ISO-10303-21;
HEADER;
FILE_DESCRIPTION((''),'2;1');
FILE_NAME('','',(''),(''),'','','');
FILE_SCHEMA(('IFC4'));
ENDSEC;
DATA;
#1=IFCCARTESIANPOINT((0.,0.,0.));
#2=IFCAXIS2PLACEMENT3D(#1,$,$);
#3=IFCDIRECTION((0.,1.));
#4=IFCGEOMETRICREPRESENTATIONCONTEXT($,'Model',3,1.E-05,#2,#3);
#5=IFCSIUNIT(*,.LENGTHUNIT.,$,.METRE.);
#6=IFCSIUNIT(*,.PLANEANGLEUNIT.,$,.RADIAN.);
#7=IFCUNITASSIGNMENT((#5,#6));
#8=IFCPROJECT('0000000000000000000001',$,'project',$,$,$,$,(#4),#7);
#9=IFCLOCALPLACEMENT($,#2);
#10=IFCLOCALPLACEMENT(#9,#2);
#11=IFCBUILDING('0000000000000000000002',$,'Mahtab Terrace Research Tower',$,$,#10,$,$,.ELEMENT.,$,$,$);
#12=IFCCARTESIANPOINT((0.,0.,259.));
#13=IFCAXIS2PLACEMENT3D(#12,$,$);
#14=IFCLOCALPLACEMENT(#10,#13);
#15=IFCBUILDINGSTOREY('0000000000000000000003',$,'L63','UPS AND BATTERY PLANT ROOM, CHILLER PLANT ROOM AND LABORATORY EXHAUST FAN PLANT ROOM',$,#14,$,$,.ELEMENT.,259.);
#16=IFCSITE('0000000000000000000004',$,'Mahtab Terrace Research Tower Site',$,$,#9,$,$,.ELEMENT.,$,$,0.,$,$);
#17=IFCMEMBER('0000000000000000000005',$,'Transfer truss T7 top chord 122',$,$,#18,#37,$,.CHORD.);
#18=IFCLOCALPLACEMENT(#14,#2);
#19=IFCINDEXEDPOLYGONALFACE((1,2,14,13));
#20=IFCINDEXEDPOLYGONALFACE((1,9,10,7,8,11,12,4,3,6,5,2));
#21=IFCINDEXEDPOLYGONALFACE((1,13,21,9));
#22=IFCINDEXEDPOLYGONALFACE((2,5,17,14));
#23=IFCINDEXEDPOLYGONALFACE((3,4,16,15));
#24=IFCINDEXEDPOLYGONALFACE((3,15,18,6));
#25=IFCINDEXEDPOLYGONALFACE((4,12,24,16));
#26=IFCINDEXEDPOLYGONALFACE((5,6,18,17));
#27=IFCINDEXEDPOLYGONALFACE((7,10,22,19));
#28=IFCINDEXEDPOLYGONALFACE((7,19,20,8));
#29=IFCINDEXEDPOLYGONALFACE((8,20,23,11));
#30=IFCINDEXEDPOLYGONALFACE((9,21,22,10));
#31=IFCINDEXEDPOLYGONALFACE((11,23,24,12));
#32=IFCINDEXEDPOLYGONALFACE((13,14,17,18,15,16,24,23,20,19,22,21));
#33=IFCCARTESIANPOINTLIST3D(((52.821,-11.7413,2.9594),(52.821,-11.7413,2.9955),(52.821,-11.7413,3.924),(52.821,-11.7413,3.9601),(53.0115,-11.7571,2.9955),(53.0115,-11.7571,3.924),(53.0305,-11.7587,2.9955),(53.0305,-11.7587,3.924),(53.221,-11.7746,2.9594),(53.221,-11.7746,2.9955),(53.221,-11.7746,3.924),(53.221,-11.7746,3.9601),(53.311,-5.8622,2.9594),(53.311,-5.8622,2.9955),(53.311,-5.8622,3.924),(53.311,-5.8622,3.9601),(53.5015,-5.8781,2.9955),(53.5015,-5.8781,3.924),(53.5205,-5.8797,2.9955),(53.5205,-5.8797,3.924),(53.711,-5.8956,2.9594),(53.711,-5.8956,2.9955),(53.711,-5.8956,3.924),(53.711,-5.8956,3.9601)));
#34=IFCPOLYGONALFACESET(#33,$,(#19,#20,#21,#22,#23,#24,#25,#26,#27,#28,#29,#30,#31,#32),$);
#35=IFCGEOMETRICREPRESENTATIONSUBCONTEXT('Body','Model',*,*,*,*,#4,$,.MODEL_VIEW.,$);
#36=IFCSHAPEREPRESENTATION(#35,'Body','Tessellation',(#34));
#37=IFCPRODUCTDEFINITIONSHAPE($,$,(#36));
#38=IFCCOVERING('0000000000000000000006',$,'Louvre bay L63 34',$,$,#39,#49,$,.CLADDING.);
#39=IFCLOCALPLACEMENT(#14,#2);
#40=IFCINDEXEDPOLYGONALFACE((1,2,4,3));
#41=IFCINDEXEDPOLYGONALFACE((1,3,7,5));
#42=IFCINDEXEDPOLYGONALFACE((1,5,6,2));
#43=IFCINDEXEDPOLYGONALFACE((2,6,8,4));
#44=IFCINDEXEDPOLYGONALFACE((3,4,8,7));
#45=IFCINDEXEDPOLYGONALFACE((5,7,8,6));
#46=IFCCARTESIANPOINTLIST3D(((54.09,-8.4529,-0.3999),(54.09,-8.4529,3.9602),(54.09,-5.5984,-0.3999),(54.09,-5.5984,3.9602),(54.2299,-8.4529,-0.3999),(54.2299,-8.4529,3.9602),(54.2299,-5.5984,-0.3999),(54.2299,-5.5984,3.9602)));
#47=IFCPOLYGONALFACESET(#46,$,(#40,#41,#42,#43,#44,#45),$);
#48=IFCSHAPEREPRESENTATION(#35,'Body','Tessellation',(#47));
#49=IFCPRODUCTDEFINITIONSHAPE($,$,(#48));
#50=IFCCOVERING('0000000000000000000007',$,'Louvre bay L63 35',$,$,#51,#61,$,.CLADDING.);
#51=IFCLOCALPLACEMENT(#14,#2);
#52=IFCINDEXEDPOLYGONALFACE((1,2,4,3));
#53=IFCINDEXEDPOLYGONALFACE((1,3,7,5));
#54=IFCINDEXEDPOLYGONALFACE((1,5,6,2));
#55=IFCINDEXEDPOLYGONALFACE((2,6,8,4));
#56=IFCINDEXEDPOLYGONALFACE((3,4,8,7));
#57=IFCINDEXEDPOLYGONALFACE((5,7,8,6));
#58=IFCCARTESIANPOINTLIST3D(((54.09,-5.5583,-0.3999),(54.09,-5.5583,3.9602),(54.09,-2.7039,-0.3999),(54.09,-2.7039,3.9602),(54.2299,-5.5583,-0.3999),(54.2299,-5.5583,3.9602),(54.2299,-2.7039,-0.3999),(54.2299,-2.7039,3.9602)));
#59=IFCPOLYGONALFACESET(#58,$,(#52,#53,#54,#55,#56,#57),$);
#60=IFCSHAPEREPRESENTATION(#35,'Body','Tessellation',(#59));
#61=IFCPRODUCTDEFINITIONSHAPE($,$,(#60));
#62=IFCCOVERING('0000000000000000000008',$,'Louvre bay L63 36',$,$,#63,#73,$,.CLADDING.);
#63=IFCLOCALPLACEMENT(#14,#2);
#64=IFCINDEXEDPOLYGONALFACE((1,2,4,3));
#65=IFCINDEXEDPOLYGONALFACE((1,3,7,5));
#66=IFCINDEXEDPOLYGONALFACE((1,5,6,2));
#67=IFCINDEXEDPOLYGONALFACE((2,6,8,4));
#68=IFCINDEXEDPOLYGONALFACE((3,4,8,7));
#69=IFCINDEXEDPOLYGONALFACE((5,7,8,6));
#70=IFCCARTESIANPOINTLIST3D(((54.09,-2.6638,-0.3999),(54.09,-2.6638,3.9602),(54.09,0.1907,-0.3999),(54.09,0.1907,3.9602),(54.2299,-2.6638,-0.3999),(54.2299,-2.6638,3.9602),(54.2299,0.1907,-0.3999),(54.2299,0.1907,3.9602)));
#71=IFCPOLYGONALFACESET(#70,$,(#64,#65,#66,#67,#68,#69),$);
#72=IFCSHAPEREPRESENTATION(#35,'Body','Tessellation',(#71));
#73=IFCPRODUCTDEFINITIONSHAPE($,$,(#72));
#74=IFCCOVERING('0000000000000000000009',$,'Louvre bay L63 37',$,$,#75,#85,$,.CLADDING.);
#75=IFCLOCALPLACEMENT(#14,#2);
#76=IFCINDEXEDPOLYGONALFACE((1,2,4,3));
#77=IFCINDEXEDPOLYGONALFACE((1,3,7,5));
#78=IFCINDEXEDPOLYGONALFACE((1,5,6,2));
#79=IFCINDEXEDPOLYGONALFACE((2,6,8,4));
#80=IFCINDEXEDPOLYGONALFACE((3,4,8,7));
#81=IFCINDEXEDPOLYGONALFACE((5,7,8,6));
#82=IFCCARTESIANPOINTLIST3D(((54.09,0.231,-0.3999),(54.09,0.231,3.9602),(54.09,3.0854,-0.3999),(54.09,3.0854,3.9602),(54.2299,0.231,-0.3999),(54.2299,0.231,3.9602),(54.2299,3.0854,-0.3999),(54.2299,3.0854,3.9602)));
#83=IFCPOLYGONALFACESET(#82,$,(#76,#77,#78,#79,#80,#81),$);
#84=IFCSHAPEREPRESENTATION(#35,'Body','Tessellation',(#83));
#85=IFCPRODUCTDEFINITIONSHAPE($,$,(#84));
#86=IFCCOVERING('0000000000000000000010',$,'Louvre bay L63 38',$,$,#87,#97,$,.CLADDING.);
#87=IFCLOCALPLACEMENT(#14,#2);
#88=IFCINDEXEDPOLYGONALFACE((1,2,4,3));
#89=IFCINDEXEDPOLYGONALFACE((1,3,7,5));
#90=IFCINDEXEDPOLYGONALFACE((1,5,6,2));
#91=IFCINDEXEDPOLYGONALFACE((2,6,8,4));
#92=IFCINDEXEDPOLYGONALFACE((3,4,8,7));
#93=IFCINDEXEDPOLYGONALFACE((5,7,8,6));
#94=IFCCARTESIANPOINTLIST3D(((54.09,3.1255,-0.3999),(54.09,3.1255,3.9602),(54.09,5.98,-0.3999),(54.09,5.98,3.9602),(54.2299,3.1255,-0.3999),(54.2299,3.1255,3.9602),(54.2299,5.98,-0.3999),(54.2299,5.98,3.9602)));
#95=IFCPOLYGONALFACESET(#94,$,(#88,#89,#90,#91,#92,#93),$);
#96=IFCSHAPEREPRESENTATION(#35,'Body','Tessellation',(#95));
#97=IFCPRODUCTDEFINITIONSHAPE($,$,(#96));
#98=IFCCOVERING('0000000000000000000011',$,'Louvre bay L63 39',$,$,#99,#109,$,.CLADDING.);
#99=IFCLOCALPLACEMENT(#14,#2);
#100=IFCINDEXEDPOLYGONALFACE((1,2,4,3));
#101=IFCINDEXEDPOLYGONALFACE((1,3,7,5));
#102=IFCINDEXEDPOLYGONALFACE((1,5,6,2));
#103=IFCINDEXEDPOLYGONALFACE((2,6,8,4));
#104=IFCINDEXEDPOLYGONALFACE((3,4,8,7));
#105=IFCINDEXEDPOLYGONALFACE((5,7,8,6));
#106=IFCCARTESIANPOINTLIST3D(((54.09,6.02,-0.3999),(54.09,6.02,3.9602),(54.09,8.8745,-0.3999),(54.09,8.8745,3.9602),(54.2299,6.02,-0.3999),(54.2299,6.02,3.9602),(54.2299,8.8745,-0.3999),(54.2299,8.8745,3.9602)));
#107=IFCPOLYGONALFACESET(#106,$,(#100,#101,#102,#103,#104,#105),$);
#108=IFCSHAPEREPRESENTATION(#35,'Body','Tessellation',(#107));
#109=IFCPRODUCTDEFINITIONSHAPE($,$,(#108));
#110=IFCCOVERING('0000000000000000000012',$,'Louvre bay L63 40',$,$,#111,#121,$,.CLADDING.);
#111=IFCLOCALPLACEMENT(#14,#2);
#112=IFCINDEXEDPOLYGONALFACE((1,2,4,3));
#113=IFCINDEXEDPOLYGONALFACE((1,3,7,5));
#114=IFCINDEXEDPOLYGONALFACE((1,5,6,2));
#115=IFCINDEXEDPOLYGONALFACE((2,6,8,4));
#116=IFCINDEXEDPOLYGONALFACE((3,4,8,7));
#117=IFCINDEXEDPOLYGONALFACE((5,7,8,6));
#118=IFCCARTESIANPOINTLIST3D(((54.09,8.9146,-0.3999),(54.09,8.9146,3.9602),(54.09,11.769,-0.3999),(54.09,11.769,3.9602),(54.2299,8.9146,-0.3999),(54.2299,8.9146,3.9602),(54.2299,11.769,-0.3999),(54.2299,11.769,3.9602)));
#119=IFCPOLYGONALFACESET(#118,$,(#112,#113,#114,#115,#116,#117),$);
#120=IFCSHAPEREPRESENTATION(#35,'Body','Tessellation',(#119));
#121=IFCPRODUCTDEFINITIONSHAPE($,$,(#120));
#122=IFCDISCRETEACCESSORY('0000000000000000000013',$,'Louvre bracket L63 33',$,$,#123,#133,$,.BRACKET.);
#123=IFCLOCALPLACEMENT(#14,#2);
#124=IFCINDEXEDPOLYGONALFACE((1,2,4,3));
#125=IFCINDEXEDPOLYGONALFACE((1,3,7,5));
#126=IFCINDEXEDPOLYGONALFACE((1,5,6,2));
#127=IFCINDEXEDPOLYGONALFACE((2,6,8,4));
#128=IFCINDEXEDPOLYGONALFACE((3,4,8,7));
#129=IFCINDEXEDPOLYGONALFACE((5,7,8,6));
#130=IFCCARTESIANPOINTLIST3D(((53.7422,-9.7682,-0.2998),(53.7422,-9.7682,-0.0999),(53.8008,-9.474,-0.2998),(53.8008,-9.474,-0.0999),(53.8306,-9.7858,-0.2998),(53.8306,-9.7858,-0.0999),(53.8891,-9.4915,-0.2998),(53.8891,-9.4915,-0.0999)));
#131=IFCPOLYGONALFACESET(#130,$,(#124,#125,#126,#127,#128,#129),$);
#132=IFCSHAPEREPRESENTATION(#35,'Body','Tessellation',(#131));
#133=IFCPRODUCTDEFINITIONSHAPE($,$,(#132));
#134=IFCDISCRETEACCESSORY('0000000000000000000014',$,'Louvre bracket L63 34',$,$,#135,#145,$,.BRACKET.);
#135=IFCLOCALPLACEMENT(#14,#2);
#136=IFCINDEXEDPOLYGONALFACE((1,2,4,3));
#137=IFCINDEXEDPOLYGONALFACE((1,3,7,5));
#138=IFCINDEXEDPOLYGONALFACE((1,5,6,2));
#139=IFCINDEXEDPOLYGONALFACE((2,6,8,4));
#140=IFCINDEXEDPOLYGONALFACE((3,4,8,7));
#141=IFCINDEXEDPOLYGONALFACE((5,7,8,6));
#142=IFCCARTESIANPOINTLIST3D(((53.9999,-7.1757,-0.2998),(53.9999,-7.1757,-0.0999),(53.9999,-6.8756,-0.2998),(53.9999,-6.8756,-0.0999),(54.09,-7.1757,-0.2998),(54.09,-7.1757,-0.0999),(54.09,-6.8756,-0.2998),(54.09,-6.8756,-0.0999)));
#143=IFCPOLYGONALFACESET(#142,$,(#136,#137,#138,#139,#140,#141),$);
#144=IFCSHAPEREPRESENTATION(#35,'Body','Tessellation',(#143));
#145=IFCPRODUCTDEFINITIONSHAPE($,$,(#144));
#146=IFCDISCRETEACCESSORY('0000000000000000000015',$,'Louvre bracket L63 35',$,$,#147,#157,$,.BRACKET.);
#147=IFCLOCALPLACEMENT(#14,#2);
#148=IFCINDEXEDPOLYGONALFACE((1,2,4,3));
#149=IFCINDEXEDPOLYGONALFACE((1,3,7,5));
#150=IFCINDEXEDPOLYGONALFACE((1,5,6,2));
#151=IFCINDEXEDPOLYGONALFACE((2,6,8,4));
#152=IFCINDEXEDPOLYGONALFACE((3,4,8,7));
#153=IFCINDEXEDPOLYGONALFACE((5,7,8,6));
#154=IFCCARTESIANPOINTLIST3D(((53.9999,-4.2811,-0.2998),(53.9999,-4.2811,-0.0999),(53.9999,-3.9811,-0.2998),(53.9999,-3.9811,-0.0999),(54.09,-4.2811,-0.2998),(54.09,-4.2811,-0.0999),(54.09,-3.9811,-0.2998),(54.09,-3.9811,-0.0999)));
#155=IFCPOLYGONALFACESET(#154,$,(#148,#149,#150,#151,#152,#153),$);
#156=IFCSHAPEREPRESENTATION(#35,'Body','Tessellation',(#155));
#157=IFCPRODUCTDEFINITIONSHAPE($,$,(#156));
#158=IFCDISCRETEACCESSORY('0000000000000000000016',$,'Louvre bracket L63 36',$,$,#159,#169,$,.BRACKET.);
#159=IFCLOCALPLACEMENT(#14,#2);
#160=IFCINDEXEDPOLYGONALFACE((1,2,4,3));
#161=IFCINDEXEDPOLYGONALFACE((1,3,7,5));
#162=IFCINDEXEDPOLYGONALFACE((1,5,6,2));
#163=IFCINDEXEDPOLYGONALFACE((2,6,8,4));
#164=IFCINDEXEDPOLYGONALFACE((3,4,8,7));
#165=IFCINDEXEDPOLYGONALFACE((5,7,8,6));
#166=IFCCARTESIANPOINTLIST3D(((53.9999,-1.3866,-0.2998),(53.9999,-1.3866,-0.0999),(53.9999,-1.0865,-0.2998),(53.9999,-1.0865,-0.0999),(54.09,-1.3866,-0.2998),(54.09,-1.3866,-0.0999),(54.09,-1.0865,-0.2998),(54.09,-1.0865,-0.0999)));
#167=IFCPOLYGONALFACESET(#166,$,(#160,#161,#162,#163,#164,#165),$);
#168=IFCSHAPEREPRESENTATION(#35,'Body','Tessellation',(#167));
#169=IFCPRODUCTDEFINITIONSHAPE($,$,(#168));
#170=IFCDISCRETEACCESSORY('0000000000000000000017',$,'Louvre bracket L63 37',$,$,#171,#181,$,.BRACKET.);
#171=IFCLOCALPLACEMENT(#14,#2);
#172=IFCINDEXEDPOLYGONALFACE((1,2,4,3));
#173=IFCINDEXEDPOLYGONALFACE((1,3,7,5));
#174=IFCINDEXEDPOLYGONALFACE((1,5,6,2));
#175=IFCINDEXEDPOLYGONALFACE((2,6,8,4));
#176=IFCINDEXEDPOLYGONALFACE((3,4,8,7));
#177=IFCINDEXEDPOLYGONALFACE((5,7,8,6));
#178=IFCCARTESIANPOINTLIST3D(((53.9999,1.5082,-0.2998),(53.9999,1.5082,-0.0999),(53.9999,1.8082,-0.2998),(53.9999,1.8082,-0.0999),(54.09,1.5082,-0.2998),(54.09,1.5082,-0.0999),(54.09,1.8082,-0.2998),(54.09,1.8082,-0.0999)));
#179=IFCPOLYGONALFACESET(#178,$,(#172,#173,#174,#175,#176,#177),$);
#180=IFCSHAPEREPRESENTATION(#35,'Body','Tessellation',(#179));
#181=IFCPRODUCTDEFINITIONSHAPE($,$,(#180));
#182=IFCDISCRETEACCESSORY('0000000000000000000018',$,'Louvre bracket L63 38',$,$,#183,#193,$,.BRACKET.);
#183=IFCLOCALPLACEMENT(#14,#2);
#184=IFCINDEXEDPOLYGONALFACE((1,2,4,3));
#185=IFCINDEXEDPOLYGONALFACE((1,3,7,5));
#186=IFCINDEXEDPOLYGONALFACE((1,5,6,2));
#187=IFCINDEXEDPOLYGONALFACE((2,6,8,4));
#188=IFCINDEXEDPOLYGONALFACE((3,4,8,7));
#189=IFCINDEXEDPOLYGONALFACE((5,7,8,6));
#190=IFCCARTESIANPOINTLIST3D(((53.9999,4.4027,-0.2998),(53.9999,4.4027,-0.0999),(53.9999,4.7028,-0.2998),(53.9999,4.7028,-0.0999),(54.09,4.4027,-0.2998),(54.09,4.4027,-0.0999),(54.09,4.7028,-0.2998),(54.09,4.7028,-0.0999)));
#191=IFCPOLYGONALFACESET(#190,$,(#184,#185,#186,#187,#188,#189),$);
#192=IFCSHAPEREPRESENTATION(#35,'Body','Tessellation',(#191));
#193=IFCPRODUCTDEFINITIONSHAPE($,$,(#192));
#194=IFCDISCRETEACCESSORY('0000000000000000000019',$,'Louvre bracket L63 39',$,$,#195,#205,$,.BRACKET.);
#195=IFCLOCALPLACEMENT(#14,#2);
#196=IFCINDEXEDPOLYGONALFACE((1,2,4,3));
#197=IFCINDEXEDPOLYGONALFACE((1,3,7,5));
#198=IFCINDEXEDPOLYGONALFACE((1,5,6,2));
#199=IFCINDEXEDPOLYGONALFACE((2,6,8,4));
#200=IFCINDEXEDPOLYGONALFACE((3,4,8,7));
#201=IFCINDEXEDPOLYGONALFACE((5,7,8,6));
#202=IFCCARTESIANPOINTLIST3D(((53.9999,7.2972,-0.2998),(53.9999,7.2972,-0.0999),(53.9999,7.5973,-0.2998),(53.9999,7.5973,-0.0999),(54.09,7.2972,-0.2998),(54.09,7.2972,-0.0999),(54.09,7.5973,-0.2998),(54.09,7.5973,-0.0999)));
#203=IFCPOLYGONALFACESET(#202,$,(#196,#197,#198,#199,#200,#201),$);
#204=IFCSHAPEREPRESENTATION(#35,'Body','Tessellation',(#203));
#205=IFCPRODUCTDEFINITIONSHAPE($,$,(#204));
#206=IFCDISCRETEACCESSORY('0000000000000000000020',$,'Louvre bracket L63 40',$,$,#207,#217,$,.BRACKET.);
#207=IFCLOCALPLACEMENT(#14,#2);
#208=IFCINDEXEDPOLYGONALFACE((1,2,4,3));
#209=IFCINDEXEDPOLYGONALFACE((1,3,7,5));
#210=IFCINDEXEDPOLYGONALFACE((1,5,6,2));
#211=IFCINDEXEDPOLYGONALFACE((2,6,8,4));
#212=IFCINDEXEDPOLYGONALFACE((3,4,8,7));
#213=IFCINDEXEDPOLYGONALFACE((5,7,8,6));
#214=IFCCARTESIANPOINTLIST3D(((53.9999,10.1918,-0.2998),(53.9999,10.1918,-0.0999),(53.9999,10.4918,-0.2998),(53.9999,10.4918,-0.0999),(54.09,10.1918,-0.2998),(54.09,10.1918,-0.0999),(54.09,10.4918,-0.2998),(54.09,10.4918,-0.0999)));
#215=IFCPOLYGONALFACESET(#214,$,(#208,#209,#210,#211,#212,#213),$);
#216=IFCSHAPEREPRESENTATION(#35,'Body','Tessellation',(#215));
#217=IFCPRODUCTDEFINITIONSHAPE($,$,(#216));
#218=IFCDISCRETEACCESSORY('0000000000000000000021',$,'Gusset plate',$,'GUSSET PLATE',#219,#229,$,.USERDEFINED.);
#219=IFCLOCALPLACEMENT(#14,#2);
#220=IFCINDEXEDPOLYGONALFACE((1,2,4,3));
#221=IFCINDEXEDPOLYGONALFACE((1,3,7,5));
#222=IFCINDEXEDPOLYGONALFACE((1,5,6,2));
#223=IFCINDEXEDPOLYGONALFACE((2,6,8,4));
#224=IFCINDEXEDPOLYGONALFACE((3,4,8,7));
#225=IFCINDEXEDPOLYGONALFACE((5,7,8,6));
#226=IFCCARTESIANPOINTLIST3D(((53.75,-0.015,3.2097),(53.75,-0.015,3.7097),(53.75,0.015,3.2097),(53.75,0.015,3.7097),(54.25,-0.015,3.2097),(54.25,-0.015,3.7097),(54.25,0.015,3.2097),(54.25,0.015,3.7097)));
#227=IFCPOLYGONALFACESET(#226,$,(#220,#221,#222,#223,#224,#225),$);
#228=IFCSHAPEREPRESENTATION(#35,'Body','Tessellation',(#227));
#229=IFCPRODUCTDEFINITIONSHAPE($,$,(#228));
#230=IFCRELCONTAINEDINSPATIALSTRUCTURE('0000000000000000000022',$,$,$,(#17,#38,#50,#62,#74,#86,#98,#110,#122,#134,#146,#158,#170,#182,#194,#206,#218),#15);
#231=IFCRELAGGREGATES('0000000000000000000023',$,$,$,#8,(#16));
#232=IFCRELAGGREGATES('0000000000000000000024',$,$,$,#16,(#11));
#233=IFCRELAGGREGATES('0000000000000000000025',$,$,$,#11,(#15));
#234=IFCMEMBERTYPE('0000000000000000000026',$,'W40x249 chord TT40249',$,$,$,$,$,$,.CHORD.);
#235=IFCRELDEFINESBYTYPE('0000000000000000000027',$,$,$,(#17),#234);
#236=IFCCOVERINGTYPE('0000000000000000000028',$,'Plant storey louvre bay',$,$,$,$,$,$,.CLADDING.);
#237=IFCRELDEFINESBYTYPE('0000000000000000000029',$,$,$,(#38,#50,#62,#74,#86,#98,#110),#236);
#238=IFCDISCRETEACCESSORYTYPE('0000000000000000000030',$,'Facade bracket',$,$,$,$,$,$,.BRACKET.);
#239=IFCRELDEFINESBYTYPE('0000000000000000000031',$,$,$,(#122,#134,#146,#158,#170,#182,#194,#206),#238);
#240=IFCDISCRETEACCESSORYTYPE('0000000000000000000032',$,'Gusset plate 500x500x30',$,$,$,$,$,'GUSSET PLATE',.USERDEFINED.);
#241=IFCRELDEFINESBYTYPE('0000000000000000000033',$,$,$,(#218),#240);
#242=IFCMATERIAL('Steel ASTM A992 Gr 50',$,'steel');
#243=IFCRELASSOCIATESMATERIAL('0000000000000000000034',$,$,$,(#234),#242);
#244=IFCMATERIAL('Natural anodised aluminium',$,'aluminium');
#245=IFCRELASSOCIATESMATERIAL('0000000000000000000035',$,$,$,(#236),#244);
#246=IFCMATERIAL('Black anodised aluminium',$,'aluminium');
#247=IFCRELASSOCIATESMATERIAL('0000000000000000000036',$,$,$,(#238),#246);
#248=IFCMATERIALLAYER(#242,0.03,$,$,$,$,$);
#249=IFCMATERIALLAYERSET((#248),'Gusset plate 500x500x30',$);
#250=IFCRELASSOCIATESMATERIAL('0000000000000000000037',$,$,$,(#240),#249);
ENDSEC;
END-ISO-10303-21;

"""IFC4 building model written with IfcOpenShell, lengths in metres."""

from ifc_helpers import new_model, si_unit, direction, frame, origin, origin_2d, place, context, subcontext, project, spatial, rectangle, i_section, extrude, material, layer, layer_set, material_profile, profile_set, type_object, element, save


model = new_model("IFC4")

# Units and contexts
model_context = context("Model", 3, precision=1e-05, world=origin(), true_north=direction((0.0, 1.0)))
body_context = subcontext(model_context, "Body", "Model", "MODEL_VIEW")
ifc_project = project(units=[si_unit("LENGTHUNIT", "METRE"), si_unit("PLANEANGLEUNIT", "RADIAN")], contexts=[model_context])

# Site, building, storey
site_placement = place(None, origin())
site = spatial("IfcSite", under=ifc_project, at=site_placement, Name="Mahtab Terrace Research Tower Site", CompositionType="ELEMENT", RefElevation=0.0)
building_placement = place(site_placement, origin())
building = spatial("IfcBuilding", under=site, at=building_placement, Name="Mahtab Terrace Research Tower", CompositionType="ELEMENT")
storey_placement = place(building_placement, frame((0.0, 0.0, 259.0)))
storey = spatial("IfcBuildingStorey", under=building, at=storey_placement, Name="L63", Description="UPS AND BATTERY PLANT ROOM, CHILLER PLANT ROOM AND LABORATORY EXHAUST FAN PLANT ROOM", CompositionType="ELEMENT", Elevation=259.0)

# Member
ifc_material_1 = material(Name="Steel ASTM A992 Gr 50", Category="steel")
ifc_material_profile_1 = material_profile(ifc_material_1, i_section(OverallWidth=0.4014, OverallDepth=1.0007, WebThickness=0.019, FlangeThickness=0.0361, at=origin_2d()), Name="W40X249")
ifc_profile_set_1 = profile_set([ifc_material_profile_1], Name="Steel ASTM A992 Gr 50")
member_type_1 = type_object("IfcMemberType", Name="W40x249 chord TT40249", PredefinedType="CHORD", material=ifc_profile_set_1)
member_1_placement = place(storey_placement, frame((53.511, -5.8789, 3.4597), z_axis=(-0.083056, -0.996545, 0.0), x_axis=(0.996545, -0.083056, 0.0)))
element("IfcMember", 1, at=member_1_placement, inside=storey, type_object=member_type_1, Name="Transfer truss T7 top chord 122", PredefinedType="CHORD", context=body_context, shape_type="SweptSolid", body=[
    extrude(i_section(OverallWidth=0.4014, OverallDepth=1.0007, WebThickness=0.019, FlangeThickness=0.0361, at=origin_2d()), origin(), (0.0, 0.0, 1.0), 5.8994),
])

# Coverings
ifc_material_2 = material(Name="Natural anodised aluminium", Category="aluminium")
covering_type = type_object("IfcCoveringType", Name="Plant storey louvre bay", PredefinedType="CLADDING", material=ifc_material_2)
for number, where, z_axis, x_axis, name in (
    (2, (54.1599, -7.0256, -0.3999), (0.0, 0.0, 1.0), (0.0, 1.0, 0.0), "Louvre bay L63 34"),
    (3, (54.1599, -4.1311, -0.3999), (0.0, 0.0, 1.0), (0.0, 1.0, 0.0), "Louvre bay L63 35"),
    (4, (54.1599, -1.2366, -0.3999), (0.0, 0.0, 1.0), (0.0, 1.0, 0.0), "Louvre bay L63 36"),
    (5, (54.1599, 1.6582, -0.3999), (0.0, 0.0, 1.0), (0.0, 1.0, 0.0), "Louvre bay L63 37"),
    (6, (54.1599, 4.5527, -0.3999), (0.0, 0.0, 1.0), (0.0, 1.0, 0.0), "Louvre bay L63 38"),
    (7, (54.1599, 7.4473, -0.3999), (0.0, 0.0, 1.0), (0.0, 1.0, 0.0), "Louvre bay L63 39"),
    (8, (54.1599, 10.3418, -0.3999), (0.0, 0.0, 1.0), (0.0, 1.0, 0.0), "Louvre bay L63 40"),
):
    element("IfcCovering", number, at=place(storey_placement, frame(where, z_axis=z_axis, x_axis=x_axis)), inside=storey, type_object=covering_type, Name=name, PredefinedType="CLADDING", context=body_context, shape_type="SweptSolid", body=[
        extrude(rectangle(XDim=2.8545, YDim=0.1399, at=origin_2d()), origin(), (0.0, 0.0, 1.0), 4.3601),
    ])

# Discrete accessories
ifc_material_3 = material(Name="Black anodised aluminium", Category="aluminium")
discrete_accessory_type_1 = type_object("IfcDiscreteAccessoryType", Name="Facade bracket", PredefinedType="BRACKET", material=ifc_material_3)
for number, where, z_axis, x_axis, name in (
    (9, (53.8157, -9.6299, -0.2998), (0.0, 0.0, 1.0), (0.195212, 0.980761, 0.0), "Louvre bracket L63 33"),
    (10, (54.0449, -7.0256, -0.2998), (0.0, 0.0, 1.0), (0.0, 1.0, 0.0), "Louvre bracket L63 34"),
    (11, (54.0449, -4.1311, -0.2998), (0.0, 0.0, 1.0), (0.0, 1.0, 0.0), "Louvre bracket L63 35"),
    (12, (54.0449, -1.2366, -0.2998), (0.0, 0.0, 1.0), (0.0, 1.0, 0.0), "Louvre bracket L63 36"),
    (13, (54.0449, 1.6582, -0.2998), (0.0, 0.0, 1.0), (0.0, 1.0, 0.0), "Louvre bracket L63 37"),
    (14, (54.0449, 4.5527, -0.2998), (0.0, 0.0, 1.0), (0.0, 1.0, 0.0), "Louvre bracket L63 38"),
    (15, (54.0449, 7.4473, -0.2998), (0.0, 0.0, 1.0), (0.0, 1.0, 0.0), "Louvre bracket L63 39"),
    (16, (54.0449, 10.3418, -0.2998), (0.0, 0.0, 1.0), (0.0, 1.0, 0.0), "Louvre bracket L63 40"),
):
    element("IfcDiscreteAccessory", number, at=place(storey_placement, frame(where, z_axis=z_axis, x_axis=x_axis)), inside=storey, type_object=discrete_accessory_type_1, Name=name, PredefinedType="BRACKET", context=body_context, shape_type="SweptSolid", body=[
        extrude(rectangle(XDim=0.3, YDim=0.0901, at=origin_2d()), origin(), (0.0, 0.0, 1.0), 0.2),
    ])
ifc_layer = layer(ifc_material_1, 0.03)
ifc_layer_set = layer_set([ifc_layer], Name="Gusset plate 500x500x30")
discrete_accessory_type_2 = type_object("IfcDiscreteAccessoryType", Name="Gusset plate 500x500x30", ElementType="GUSSET PLATE", PredefinedType="USERDEFINED", material=ifc_layer_set)
for number, where, z_axis, x_axis, name in (
    (17, (54.0, 0.0, 3.2097), (0.0, 0.0, 1.0), (1.0, 0.0, 0.0), "Gusset plate"),
):
    element("IfcDiscreteAccessory", number, at=place(storey_placement, frame(where, z_axis=z_axis, x_axis=x_axis)), inside=storey, type_object=discrete_accessory_type_2, Name=name, ObjectType="GUSSET PLATE", PredefinedType="USERDEFINED", context=body_context, shape_type="SweptSolid", body=[
        extrude(rectangle(XDim=0.5, YDim=0.03, at=origin_2d()), origin(), (0.0, 0.0, 1.0), 0.5),
    ])

save(model, "model.ifc")
